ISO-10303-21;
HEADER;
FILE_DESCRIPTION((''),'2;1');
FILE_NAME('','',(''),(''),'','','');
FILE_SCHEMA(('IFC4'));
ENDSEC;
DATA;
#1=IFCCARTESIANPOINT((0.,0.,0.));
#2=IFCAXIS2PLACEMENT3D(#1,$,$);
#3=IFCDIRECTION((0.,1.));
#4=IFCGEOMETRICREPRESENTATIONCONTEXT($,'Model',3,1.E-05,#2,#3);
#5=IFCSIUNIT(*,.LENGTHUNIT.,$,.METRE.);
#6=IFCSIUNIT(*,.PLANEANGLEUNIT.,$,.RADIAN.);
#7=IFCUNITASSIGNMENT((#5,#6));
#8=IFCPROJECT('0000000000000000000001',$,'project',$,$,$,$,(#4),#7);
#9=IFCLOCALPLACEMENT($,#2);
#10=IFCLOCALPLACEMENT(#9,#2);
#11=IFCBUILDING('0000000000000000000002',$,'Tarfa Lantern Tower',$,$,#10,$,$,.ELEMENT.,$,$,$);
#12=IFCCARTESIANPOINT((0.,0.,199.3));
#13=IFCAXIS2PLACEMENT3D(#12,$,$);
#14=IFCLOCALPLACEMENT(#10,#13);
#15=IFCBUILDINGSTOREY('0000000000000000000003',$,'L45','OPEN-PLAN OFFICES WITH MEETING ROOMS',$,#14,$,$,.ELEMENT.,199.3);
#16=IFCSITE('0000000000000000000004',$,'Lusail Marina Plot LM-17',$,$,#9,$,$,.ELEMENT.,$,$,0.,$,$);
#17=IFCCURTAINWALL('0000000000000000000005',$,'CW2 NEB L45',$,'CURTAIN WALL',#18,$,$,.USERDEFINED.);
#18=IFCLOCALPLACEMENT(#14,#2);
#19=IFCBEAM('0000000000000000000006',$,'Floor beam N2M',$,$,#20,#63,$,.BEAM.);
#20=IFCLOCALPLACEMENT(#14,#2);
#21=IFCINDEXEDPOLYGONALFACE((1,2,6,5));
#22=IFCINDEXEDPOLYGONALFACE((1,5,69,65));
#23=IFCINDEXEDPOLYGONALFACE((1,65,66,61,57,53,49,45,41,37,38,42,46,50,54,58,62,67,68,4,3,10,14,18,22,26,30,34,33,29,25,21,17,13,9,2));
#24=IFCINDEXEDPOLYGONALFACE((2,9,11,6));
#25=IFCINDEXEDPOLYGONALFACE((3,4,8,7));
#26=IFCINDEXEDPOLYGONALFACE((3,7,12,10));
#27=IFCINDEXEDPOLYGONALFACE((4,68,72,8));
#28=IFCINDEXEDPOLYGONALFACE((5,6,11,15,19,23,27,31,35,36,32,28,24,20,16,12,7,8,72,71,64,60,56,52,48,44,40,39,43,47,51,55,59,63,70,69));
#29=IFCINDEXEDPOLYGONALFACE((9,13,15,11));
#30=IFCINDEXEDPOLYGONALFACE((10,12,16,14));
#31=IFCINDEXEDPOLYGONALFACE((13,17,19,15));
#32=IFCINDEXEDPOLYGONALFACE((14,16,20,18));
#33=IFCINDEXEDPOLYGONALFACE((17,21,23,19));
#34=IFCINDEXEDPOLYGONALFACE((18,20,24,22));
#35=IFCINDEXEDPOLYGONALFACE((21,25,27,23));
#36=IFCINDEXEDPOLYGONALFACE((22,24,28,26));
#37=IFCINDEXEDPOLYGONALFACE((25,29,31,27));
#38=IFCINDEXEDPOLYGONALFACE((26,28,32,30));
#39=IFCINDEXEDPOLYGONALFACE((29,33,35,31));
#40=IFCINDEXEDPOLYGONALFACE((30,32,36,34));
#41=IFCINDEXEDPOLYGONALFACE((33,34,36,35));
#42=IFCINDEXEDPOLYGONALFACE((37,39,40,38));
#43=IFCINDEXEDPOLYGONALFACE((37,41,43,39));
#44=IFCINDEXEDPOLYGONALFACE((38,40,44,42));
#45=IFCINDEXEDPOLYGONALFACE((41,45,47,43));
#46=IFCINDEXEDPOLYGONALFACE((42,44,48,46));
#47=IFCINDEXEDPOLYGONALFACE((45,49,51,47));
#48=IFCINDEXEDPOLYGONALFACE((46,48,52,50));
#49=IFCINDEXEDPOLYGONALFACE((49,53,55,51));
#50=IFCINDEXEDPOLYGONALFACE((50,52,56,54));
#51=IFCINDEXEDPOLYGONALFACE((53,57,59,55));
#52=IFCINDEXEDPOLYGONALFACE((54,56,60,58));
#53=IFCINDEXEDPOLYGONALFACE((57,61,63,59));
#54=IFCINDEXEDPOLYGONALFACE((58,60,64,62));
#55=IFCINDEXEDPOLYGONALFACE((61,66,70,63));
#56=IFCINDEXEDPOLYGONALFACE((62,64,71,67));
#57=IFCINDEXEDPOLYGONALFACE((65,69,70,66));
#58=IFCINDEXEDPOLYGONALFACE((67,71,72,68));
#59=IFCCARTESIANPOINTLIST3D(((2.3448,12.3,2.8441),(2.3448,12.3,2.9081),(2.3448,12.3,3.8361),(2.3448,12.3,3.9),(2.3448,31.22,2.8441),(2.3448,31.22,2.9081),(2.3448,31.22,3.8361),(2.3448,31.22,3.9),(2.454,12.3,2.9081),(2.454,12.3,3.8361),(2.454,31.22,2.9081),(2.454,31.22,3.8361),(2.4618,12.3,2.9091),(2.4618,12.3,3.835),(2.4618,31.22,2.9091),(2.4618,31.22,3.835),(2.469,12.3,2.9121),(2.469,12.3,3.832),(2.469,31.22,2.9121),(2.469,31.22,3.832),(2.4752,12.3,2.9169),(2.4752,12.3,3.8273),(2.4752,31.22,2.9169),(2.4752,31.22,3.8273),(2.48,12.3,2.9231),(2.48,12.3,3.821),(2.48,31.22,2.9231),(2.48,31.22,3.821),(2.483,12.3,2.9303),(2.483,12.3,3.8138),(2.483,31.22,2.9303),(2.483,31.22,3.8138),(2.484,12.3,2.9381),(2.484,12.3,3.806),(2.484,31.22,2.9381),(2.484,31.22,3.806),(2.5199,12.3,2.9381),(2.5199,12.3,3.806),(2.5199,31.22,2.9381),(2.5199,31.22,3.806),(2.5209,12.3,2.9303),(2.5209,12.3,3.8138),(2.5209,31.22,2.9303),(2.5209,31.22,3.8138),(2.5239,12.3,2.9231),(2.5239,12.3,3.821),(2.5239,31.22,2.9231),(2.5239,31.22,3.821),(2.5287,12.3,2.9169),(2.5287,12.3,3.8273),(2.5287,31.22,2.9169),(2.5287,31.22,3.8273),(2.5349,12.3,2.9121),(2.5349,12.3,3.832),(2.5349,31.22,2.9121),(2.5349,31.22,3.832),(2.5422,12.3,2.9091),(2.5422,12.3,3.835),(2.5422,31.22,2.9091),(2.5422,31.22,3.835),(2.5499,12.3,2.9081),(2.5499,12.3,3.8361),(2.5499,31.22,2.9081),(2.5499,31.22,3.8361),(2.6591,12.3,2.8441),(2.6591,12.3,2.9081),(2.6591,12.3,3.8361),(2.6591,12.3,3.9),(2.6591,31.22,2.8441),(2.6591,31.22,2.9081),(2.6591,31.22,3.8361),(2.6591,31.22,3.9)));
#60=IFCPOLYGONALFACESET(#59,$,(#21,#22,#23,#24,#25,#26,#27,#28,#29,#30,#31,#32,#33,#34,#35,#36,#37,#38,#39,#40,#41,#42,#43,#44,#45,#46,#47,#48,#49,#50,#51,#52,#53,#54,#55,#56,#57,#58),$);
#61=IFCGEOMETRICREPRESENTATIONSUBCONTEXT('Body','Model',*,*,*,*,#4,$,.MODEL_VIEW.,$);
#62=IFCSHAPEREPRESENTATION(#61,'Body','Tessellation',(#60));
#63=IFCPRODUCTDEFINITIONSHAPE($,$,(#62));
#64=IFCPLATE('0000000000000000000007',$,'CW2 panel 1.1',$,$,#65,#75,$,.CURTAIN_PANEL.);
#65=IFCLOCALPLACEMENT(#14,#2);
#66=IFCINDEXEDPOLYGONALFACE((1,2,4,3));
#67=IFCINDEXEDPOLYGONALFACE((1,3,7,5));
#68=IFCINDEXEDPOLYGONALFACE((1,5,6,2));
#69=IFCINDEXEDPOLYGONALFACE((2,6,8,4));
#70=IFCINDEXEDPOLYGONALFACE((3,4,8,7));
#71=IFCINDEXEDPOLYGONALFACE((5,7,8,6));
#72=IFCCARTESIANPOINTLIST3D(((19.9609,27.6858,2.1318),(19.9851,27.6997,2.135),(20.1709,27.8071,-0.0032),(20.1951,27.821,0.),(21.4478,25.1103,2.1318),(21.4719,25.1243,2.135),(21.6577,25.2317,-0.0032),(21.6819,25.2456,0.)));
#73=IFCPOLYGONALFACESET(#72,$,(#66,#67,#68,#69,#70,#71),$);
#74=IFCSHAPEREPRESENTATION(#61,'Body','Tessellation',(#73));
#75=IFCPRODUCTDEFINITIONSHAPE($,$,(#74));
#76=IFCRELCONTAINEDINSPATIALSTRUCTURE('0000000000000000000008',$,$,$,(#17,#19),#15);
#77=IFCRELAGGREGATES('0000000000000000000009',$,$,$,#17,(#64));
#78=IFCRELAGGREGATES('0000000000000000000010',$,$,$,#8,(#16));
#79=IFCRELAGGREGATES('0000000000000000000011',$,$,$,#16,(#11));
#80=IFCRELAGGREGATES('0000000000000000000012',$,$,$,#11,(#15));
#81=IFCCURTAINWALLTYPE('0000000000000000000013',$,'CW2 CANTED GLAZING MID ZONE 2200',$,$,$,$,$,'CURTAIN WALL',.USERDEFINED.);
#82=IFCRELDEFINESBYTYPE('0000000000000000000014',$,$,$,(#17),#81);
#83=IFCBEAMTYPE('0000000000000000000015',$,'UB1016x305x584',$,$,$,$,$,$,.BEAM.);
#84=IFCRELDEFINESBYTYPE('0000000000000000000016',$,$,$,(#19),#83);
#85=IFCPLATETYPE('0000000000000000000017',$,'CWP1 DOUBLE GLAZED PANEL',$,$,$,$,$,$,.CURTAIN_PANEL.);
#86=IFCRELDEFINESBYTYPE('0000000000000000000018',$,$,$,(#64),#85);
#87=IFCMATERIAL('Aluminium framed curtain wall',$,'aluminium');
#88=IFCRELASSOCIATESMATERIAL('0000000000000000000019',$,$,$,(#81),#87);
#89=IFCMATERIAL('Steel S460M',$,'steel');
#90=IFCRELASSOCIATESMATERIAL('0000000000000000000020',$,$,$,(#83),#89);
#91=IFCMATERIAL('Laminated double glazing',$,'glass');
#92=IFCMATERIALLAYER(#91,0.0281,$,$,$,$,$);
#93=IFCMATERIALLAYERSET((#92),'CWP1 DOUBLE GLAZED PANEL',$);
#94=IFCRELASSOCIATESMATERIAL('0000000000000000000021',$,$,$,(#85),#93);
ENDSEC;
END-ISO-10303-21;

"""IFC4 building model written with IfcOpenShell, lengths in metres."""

from ifc_helpers import new_model, si_unit, direction, frame, origin, origin_2d, place, context, subcontext, project, spatial, polyline, i_section, outline, extrude, material, layer, layer_set, material_profile, profile_set, type_object, element, aggregate, save


model = new_model("IFC4")

# Units and contexts
model_context = context("Model", 3, precision=1e-05, world=origin(), true_north=direction((0.0, 1.0)))
body_context = subcontext(model_context, "Body", "Model", "MODEL_VIEW")
ifc_project = project(units=[si_unit("LENGTHUNIT", "METRE"), si_unit("PLANEANGLEUNIT", "RADIAN")], contexts=[model_context])

# Site, building, storey
site_placement = place(None, origin())
site = spatial("IfcSite", under=ifc_project, at=site_placement, Name="Lusail Marina Plot LM-17", CompositionType="ELEMENT", RefElevation=0.0)
building_placement = place(site_placement, origin())
building = spatial("IfcBuilding", under=site, at=building_placement, Name="Tarfa Lantern Tower", CompositionType="ELEMENT")
storey_placement = place(building_placement, frame((0.0, 0.0, 199.3)))
storey = spatial("IfcBuildingStorey", under=building, at=storey_placement, Name="L45", Description="OPEN-PLAN OFFICES WITH MEETING ROOMS", CompositionType="ELEMENT", Elevation=199.3)

# Shared definitions
ifc_material_1 = material(Name="Aluminium framed curtain wall", Category="aluminium")
curtain_wall_type = type_object("IfcCurtainWallType", Name="CW2 CANTED GLAZING MID ZONE 2200", ElementType="CURTAIN WALL", PredefinedType="USERDEFINED", material=ifc_material_1)

# Curtain wall
curtain_wall_1_placement = place(storey_placement, origin())
curtain_wall_1 = element("IfcCurtainWall", 1, at=curtain_wall_1_placement, inside=storey, type_object=curtain_wall_type, Name="CW2 NEB L45", ObjectType="CURTAIN WALL", PredefinedType="USERDEFINED")

# Beam
ifc_material_2 = material(Name="Steel S460M", Category="steel")
ifc_material_profile_1 = material_profile(ifc_material_2, i_section(OverallWidth=0.3142, OverallDepth=1.0559, WebThickness=0.0359, FlangeThickness=0.064, FilletRadius=0.03, at=origin_2d()), Name="UB1016x305x584")
ifc_profile_set_1 = profile_set([ifc_material_profile_1], Name="Steel S460M")
beam_type_1 = type_object("IfcBeamType", Name="UB1016x305x584", PredefinedType="BEAM", material=ifc_profile_set_1)
for number, where, z_axis, x_axis, name in (
    (2, (2.502, 31.22, 3.3721), (0.0, -1.0, 0.0), (1.0, 0.0, 0.0), "Floor beam N2M"),
):
    element("IfcBeam", number, at=place(storey_placement, frame(where, z_axis=z_axis, x_axis=x_axis)), inside=storey, type_object=beam_type_1, Name=name, PredefinedType="BEAM", context=body_context, shape_type="SweptSolid", body=[
        extrude(i_section(OverallWidth=0.3142, OverallDepth=1.0559, WebThickness=0.0359, FlangeThickness=0.064, FilletRadius=0.03, at=origin_2d()), origin(), (0.0, 0.0, 1.0), 18.9199),
    ])

# Plate
ifc_material_3 = material(Name="Laminated double glazing", Category="glass")
ifc_layer_1 = layer(ifc_material_3, 0.0281)
ifc_layer_set_1 = layer_set([ifc_layer_1], Name="CWP1 DOUBLE GLAZED PANEL")
plate_type = type_object("IfcPlateType", Name="CWP1 DOUBLE GLAZED PANEL", PredefinedType="CURTAIN_PANEL", material=ifc_layer_set_1)
plate_placement = place(storey_placement, frame((21.6819, 25.2456, 0.0), z_axis=(0.860509, 0.496777, 0.112857), x_axis=(-0.499971, 0.866042, 0.0)))
plate = element("IfcPlate", 3, at=plate_placement, type_object=plate_type, Name="CW2 panel 1.1", PredefinedType="CURTAIN_PANEL", context=body_context, shape_type="SweptSolid", body=[
    extrude(outline(polyline([(0.0, 0.0), (2.9738, 0.0), (2.9737, 2.1487), (-0.0001, 2.1487), (0.0, 0.0)])), origin(), (0.0, 0.0, -1.0), 0.0281),
])
aggregate(curtain_wall_1, [plate])

save(model, "model.ifc")
